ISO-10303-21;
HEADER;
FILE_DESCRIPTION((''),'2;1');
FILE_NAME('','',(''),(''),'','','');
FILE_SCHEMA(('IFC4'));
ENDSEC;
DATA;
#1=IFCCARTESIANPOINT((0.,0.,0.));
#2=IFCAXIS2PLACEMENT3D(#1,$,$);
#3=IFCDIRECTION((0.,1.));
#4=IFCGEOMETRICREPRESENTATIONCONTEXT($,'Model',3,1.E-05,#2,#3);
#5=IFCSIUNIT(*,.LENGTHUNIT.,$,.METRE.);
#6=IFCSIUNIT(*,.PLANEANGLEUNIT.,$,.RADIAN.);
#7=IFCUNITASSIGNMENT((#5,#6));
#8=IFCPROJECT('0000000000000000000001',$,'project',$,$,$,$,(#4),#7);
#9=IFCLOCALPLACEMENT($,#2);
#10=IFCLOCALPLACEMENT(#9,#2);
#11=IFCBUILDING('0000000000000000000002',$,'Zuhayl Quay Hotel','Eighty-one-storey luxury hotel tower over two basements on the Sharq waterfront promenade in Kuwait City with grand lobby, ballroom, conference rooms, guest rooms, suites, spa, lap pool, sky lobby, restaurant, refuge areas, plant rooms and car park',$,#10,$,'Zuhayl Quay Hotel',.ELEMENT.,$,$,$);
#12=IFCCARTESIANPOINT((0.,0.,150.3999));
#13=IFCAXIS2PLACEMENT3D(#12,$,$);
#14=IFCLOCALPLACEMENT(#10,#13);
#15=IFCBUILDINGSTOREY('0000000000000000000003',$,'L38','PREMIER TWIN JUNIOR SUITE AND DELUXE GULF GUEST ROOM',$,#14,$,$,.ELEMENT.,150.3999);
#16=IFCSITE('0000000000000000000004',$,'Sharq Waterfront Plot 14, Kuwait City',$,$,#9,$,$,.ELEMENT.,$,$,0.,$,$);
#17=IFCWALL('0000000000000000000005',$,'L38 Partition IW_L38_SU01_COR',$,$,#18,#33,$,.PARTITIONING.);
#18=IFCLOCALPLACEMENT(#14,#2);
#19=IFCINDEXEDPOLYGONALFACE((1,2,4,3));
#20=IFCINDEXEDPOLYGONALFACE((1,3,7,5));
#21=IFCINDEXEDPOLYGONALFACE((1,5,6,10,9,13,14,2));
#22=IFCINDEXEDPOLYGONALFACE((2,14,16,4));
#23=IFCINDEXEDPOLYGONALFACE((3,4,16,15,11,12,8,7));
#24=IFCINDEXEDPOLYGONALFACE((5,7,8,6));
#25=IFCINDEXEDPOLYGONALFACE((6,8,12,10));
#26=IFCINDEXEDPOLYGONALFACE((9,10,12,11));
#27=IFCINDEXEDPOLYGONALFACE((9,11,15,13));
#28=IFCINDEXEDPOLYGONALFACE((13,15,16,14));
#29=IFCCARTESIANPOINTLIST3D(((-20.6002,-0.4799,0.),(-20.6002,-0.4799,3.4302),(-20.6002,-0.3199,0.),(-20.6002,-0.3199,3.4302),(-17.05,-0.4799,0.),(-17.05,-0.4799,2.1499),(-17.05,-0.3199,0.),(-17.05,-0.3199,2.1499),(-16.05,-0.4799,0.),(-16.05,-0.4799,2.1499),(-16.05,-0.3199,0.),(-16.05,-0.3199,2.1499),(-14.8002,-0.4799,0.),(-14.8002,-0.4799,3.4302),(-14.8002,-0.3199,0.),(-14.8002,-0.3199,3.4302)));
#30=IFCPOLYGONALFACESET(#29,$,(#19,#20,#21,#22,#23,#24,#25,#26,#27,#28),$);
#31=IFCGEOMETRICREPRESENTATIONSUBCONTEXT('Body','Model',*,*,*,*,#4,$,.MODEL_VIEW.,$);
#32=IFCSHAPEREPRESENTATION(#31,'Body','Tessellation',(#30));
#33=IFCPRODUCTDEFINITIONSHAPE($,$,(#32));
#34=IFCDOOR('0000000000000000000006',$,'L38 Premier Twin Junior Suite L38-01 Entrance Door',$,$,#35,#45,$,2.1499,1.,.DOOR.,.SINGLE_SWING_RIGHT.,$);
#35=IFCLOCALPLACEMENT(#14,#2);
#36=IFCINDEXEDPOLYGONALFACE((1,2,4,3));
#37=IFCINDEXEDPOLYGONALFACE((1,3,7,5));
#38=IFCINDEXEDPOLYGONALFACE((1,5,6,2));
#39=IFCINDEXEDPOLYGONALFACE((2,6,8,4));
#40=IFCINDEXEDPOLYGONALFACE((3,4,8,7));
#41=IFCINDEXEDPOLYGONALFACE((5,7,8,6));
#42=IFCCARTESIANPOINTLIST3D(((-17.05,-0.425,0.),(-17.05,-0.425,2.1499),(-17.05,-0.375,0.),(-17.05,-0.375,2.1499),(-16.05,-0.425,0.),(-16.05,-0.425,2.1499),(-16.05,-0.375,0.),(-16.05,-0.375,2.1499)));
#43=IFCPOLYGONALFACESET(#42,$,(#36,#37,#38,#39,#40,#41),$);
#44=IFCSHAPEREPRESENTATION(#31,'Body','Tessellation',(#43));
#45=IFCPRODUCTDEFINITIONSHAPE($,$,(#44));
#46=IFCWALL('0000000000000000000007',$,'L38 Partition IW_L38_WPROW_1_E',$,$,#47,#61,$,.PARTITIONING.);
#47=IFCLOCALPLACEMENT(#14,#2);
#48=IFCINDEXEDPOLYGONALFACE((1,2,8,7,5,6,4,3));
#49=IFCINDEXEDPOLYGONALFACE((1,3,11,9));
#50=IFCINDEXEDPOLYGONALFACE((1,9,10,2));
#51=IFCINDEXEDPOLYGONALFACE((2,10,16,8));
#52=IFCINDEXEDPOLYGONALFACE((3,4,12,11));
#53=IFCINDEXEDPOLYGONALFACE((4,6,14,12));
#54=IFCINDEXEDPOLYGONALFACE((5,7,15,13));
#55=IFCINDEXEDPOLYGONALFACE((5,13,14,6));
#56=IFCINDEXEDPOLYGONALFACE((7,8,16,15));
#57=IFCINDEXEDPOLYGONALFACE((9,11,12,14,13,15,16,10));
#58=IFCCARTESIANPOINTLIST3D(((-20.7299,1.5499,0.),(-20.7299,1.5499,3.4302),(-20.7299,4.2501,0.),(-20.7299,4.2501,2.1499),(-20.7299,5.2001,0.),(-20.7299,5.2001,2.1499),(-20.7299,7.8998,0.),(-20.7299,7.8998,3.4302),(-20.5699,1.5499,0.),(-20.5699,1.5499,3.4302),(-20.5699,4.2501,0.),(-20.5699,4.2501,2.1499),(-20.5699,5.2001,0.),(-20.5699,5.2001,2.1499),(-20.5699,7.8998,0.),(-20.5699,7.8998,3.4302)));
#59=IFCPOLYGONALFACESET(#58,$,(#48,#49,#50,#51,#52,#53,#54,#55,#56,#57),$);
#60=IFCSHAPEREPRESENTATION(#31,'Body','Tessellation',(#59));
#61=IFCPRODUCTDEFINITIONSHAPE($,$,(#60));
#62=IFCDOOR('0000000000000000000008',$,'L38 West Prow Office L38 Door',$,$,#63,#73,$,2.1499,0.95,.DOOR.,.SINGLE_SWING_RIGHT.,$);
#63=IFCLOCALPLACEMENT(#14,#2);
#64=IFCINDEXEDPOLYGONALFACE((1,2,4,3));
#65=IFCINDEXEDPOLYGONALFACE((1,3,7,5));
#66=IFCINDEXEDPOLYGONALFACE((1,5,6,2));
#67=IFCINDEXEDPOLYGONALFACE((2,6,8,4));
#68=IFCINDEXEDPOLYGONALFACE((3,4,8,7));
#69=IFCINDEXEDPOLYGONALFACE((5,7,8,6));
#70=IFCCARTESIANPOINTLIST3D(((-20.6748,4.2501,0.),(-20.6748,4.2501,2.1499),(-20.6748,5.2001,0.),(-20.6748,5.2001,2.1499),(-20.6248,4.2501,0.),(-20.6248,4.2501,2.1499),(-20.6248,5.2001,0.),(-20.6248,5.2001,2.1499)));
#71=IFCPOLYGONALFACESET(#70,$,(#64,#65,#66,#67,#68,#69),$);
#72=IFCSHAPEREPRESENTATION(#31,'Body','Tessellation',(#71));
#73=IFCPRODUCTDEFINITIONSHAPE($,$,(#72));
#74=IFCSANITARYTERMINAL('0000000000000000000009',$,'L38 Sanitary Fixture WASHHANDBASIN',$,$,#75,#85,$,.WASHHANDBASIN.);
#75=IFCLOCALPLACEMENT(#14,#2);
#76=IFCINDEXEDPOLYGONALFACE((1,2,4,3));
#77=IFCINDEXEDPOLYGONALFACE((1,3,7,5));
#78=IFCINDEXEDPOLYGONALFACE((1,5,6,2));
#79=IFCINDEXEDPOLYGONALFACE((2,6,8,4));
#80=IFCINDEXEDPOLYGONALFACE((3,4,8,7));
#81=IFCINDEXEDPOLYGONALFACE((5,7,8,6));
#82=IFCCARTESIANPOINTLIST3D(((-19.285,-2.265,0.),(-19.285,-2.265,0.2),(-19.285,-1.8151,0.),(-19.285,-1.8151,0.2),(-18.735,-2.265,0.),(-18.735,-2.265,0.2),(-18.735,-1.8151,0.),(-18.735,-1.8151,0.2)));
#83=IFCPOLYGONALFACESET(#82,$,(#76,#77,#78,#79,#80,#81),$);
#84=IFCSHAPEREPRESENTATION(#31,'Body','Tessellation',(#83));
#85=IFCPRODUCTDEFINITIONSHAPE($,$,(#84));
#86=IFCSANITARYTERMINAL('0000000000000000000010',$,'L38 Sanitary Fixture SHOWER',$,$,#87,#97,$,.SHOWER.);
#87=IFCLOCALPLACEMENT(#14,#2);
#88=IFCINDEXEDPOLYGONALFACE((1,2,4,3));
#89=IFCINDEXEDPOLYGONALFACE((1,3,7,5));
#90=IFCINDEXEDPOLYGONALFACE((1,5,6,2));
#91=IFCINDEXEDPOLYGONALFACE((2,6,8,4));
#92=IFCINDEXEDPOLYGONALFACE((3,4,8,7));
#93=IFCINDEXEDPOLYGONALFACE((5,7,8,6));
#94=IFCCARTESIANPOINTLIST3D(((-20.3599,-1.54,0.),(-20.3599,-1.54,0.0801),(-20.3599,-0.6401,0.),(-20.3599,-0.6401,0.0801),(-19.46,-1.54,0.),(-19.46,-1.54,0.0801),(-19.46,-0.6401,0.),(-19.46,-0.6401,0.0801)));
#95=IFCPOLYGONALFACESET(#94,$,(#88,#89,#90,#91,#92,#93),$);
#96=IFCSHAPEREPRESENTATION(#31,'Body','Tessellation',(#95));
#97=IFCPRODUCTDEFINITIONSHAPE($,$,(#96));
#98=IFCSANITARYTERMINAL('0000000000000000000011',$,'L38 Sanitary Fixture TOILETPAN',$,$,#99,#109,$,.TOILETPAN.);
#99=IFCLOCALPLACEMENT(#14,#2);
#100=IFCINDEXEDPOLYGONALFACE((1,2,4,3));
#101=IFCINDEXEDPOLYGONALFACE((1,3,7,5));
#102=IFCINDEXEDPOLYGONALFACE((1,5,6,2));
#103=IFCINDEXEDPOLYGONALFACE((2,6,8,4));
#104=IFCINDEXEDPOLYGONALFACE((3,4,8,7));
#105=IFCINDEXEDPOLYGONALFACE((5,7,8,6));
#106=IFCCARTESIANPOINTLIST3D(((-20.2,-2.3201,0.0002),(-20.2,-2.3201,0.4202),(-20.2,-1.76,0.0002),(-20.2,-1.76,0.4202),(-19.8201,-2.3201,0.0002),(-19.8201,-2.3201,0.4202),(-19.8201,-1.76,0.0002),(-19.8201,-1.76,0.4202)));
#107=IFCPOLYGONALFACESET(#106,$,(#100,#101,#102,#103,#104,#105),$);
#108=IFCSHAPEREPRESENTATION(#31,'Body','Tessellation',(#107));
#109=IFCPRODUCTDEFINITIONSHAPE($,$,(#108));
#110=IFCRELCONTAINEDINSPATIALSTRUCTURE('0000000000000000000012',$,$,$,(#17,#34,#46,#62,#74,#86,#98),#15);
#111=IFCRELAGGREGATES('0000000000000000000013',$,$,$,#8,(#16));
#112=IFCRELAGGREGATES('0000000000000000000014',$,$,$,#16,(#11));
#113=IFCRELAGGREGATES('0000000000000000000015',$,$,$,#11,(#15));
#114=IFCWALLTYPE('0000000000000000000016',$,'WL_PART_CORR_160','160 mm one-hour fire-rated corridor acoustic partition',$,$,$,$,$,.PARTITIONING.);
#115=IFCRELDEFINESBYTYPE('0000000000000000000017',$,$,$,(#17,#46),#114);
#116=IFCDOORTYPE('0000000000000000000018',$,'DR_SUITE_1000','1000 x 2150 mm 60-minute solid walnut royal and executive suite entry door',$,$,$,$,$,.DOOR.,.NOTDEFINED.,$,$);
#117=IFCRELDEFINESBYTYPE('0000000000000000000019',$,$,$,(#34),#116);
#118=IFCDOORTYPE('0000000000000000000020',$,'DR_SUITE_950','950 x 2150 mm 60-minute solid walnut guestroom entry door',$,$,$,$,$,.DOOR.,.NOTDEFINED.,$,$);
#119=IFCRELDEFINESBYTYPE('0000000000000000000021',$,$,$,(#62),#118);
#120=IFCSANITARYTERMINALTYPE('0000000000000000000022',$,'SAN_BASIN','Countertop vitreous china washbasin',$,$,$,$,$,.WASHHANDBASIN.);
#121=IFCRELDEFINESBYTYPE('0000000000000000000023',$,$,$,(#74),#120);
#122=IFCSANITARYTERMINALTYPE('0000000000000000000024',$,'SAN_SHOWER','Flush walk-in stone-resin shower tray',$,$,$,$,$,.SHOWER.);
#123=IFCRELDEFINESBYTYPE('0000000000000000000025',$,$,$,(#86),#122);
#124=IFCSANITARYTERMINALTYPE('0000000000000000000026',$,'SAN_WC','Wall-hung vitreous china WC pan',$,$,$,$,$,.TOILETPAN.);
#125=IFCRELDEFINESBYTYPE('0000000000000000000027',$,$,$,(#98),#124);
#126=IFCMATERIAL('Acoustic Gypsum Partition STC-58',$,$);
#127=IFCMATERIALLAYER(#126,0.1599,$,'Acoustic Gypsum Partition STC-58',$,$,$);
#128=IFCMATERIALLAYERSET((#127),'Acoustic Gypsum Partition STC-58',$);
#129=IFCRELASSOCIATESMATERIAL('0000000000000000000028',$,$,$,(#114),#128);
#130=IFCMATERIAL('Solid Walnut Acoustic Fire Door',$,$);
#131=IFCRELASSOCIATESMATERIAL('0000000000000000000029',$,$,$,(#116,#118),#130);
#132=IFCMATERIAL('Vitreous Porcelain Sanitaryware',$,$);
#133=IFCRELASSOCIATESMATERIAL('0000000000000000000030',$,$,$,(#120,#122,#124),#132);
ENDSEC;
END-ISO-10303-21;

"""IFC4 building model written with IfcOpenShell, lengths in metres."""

from ifc_helpers import new_model, si_unit, direction, frame, frame_2d, origin, origin_2d, place, context, subcontext, project, spatial, rectangle, extrude, material, layer, layer_set, type_object, element, fill, save


model = new_model("IFC4")

# Units and contexts
model_context = context("Model", 3, precision=1e-05, world=origin(), true_north=direction((0.0, 1.0)))
body_context = subcontext(model_context, "Body", "Model", "MODEL_VIEW")
ifc_project = project(units=[si_unit("LENGTHUNIT", "METRE"), si_unit("PLANEANGLEUNIT", "RADIAN")], contexts=[model_context])

# Site, building, storey
site_placement = place(None, origin())
site = spatial("IfcSite", under=ifc_project, at=site_placement, Name="Sharq Waterfront Plot 14, Kuwait City", CompositionType="ELEMENT", RefElevation=0.0)
building_placement = place(site_placement, origin())
building = spatial("IfcBuilding", under=site, at=building_placement, Name="Zuhayl Quay Hotel", Description="Eighty-one-storey luxury hotel tower over two basements on the Sharq waterfront promenade in Kuwait City with grand lobby, ballroom, conference rooms, guest rooms, suites, spa, lap pool, sky lobby, restaurant, refuge areas, plant rooms and car park", LongName="Zuhayl Quay Hotel", CompositionType="ELEMENT")
storey_placement = place(building_placement, frame((0.0, 0.0, 150.3999)))
storey = spatial("IfcBuildingStorey", under=building, at=storey_placement, Name="L38", Description="PREMIER TWIN JUNIOR SUITE AND DELUXE GULF GUEST ROOM", CompositionType="ELEMENT", Elevation=150.3999)

# Shared definitions
ifc_material_1 = material(Name="Acoustic Gypsum Partition STC-58")

# Walls, openings, doors
ifc_layer_1 = layer(ifc_material_1, 0.1599, Name="Acoustic Gypsum Partition STC-58")
ifc_layer_set_1 = layer_set([ifc_layer_1], Name="Acoustic Gypsum Partition STC-58")
wall_type_1 = type_object("IfcWallType", Name="WL_PART_CORR_160", Description="160 mm one-hour fire-rated corridor acoustic partition", PredefinedType="PARTITIONING", material=ifc_layer_set_1)
wall_1_placement = place(storey_placement, frame((-20.6001, -0.3999, 0.0), z_axis=(0.0, 0.0, 1.0), x_axis=(1.0, 0.0, 0.0)))
wall_1 = element("IfcWall", 1, at=wall_1_placement, inside=storey, type_object=wall_type_1, Name="L38 Partition IW_L38_SU01_COR", PredefinedType="PARTITIONING", context=body_context, shape_type="SweptSolid", body=[
    extrude(rectangle(XDim=5.8, YDim=0.1599, at=frame_2d((2.8999, 0.0))), origin(), (0.0, 0.0, 1.0), 3.4302),
])
opening_1_placement = place(wall_1_placement, frame((3.55, 0.0, 0.0)))
opening_1 = element("IfcOpeningElement", 2, at=opening_1_placement, cuts=wall_1, PredefinedType="OPENING", context=body_context, shape_type="SweptSolid", body=[
    extrude(rectangle(XDim=1.0, YDim=2.1499, at=frame_2d((0.5, 1.075))), frame((0.0, 0.0898, 0.0), z_axis=(0.0, -1.0, 0.0), x_axis=(1.0, 0.0, 0.0)), (0.0, 0.0, 1.0), 0.1799),
])
ifc_material_2 = material(Name="Solid Walnut Acoustic Fire Door")
door_type_1 = type_object("IfcDoorType", Name="DR_SUITE_1000", Description="1000 x 2150 mm 60-minute solid walnut royal and executive suite entry door", OperationType="NOTDEFINED", PredefinedType="DOOR", material=ifc_material_2)
door_1_placement = place(opening_1_placement, origin())
door_1 = element("IfcDoor", 3, at=door_1_placement, inside=storey, type_object=door_type_1, Name="L38 Premier Twin Junior Suite L38-01 Entrance Door", OperationType="SINGLE_SWING_RIGHT", OverallHeight=2.1499, OverallWidth=1.0, PredefinedType="DOOR", context=body_context, shape_type="SweptSolid", body=[
    extrude(rectangle(XDim=1.0, YDim=2.1499, at=frame_2d((0.5, 1.075))), frame((0.0, 0.0249, 0.0), z_axis=(0.0, -1.0, 0.0), x_axis=(1.0, 0.0, 0.0)), (0.0, 0.0, 1.0), 0.05),
])
fill(opening_1, door_1)
wall_2_placement = place(storey_placement, frame((-20.6499, 1.55, 0.0), z_axis=(0.0, 0.0, 1.0), x_axis=(0.0, 1.0, 0.0)))
wall_2 = element("IfcWall", 4, at=wall_2_placement, inside=storey, type_object=wall_type_1, Name="L38 Partition IW_L38_WPROW_1_E", PredefinedType="PARTITIONING", context=body_context, shape_type="SweptSolid", body=[
    extrude(rectangle(XDim=6.3499, YDim=0.1599, at=frame_2d((3.1748, 0.0))), origin(), (0.0, 0.0, 1.0), 3.4302),
])
opening_2_placement = place(wall_2_placement, frame((2.7, 0.0, 0.0)))
opening_2 = element("IfcOpeningElement", 5, at=opening_2_placement, cuts=wall_2, PredefinedType="OPENING", context=body_context, shape_type="SweptSolid", body=[
    extrude(rectangle(XDim=0.95, YDim=2.1499, at=frame_2d((0.4751, 1.075))), frame((0.0, 0.0898, 0.0), z_axis=(0.0, -1.0, 0.0), x_axis=(1.0, 0.0, 0.0)), (0.0, 0.0, 1.0), 0.1799),
])
door_type_2 = type_object("IfcDoorType", Name="DR_SUITE_950", Description="950 x 2150 mm 60-minute solid walnut guestroom entry door", OperationType="NOTDEFINED", PredefinedType="DOOR", material=ifc_material_2)
door_2_placement = place(opening_2_placement, origin())
door_2 = element("IfcDoor", 6, at=door_2_placement, inside=storey, type_object=door_type_2, Name="L38 West Prow Office L38 Door", OperationType="SINGLE_SWING_RIGHT", OverallHeight=2.1499, OverallWidth=0.95, PredefinedType="DOOR", context=body_context, shape_type="SweptSolid", body=[
    extrude(rectangle(XDim=0.95, YDim=2.1499, at=frame_2d((0.4751, 1.075))), frame((0.0, 0.0249, 0.0), z_axis=(0.0, -1.0, 0.0), x_axis=(1.0, 0.0, 0.0)), (0.0, 0.0, 1.0), 0.05),
])
fill(opening_2, door_2)

# Sanitary terminals
ifc_material_3 = material(Name="Vitreous Porcelain Sanitaryware")
sanitary_terminal_type_1 = type_object("IfcSanitaryTerminalType", Name="SAN_BASIN", Description="Countertop vitreous china washbasin", PredefinedType="WASHHANDBASIN", material=ifc_material_3)
sanitary_terminal_1_placement = place(storey_placement, frame((-19.01, -2.04, 0.0), z_axis=(0.0, 0.0, 1.0), x_axis=(1.0, 0.0, 0.0)))
element("IfcSanitaryTerminal", 7, at=sanitary_terminal_1_placement, inside=storey, type_object=sanitary_terminal_type_1, Name="L38 Sanitary Fixture WASHHANDBASIN", PredefinedType="WASHHANDBASIN", context=body_context, shape_type="SweptSolid", body=[
    extrude(rectangle(XDim=0.55, YDim=0.45, at=origin_2d()), origin(), (0.0, 0.0, 1.0), 0.2),
])
sanitary_terminal_type_2 = type_object("IfcSanitaryTerminalType", Name="SAN_SHOWER", Description="Flush walk-in stone-resin shower tray", PredefinedType="SHOWER", material=ifc_material_3)
sanitary_terminal_2_placement = place(storey_placement, frame((-19.9099, -1.0901, 0.0), z_axis=(0.0, 0.0, 1.0), x_axis=(1.0, 0.0, 0.0)))
element("IfcSanitaryTerminal", 8, at=sanitary_terminal_2_placement, inside=storey, type_object=sanitary_terminal_type_2, Name="L38 Sanitary Fixture SHOWER", PredefinedType="SHOWER", context=body_context, shape_type="SweptSolid", body=[
    extrude(rectangle(XDim=0.8999, YDim=0.8999, at=origin_2d()), origin(), (0.0, 0.0, 1.0), 0.0801),
])
sanitary_terminal_type_3 = type_object("IfcSanitaryTerminalType", Name="SAN_WC", Description="Wall-hung vitreous china WC pan", PredefinedType="TOILETPAN", material=ifc_material_3)
sanitary_terminal_3_placement = place(storey_placement, frame((-20.01, -2.04, 0.0002), z_axis=(0.0, 0.0, 1.0), x_axis=(1.0, 0.0, 0.0)))
element("IfcSanitaryTerminal", 9, at=sanitary_terminal_3_placement, inside=storey, type_object=sanitary_terminal_type_3, Name="L38 Sanitary Fixture TOILETPAN", PredefinedType="TOILETPAN", context=body_context, shape_type="SweptSolid", body=[
    extrude(rectangle(XDim=0.3799, YDim=0.5601, at=origin_2d()), origin(), (0.0, 0.0, 1.0), 0.4199),
])

save(model, "model.ifc")
